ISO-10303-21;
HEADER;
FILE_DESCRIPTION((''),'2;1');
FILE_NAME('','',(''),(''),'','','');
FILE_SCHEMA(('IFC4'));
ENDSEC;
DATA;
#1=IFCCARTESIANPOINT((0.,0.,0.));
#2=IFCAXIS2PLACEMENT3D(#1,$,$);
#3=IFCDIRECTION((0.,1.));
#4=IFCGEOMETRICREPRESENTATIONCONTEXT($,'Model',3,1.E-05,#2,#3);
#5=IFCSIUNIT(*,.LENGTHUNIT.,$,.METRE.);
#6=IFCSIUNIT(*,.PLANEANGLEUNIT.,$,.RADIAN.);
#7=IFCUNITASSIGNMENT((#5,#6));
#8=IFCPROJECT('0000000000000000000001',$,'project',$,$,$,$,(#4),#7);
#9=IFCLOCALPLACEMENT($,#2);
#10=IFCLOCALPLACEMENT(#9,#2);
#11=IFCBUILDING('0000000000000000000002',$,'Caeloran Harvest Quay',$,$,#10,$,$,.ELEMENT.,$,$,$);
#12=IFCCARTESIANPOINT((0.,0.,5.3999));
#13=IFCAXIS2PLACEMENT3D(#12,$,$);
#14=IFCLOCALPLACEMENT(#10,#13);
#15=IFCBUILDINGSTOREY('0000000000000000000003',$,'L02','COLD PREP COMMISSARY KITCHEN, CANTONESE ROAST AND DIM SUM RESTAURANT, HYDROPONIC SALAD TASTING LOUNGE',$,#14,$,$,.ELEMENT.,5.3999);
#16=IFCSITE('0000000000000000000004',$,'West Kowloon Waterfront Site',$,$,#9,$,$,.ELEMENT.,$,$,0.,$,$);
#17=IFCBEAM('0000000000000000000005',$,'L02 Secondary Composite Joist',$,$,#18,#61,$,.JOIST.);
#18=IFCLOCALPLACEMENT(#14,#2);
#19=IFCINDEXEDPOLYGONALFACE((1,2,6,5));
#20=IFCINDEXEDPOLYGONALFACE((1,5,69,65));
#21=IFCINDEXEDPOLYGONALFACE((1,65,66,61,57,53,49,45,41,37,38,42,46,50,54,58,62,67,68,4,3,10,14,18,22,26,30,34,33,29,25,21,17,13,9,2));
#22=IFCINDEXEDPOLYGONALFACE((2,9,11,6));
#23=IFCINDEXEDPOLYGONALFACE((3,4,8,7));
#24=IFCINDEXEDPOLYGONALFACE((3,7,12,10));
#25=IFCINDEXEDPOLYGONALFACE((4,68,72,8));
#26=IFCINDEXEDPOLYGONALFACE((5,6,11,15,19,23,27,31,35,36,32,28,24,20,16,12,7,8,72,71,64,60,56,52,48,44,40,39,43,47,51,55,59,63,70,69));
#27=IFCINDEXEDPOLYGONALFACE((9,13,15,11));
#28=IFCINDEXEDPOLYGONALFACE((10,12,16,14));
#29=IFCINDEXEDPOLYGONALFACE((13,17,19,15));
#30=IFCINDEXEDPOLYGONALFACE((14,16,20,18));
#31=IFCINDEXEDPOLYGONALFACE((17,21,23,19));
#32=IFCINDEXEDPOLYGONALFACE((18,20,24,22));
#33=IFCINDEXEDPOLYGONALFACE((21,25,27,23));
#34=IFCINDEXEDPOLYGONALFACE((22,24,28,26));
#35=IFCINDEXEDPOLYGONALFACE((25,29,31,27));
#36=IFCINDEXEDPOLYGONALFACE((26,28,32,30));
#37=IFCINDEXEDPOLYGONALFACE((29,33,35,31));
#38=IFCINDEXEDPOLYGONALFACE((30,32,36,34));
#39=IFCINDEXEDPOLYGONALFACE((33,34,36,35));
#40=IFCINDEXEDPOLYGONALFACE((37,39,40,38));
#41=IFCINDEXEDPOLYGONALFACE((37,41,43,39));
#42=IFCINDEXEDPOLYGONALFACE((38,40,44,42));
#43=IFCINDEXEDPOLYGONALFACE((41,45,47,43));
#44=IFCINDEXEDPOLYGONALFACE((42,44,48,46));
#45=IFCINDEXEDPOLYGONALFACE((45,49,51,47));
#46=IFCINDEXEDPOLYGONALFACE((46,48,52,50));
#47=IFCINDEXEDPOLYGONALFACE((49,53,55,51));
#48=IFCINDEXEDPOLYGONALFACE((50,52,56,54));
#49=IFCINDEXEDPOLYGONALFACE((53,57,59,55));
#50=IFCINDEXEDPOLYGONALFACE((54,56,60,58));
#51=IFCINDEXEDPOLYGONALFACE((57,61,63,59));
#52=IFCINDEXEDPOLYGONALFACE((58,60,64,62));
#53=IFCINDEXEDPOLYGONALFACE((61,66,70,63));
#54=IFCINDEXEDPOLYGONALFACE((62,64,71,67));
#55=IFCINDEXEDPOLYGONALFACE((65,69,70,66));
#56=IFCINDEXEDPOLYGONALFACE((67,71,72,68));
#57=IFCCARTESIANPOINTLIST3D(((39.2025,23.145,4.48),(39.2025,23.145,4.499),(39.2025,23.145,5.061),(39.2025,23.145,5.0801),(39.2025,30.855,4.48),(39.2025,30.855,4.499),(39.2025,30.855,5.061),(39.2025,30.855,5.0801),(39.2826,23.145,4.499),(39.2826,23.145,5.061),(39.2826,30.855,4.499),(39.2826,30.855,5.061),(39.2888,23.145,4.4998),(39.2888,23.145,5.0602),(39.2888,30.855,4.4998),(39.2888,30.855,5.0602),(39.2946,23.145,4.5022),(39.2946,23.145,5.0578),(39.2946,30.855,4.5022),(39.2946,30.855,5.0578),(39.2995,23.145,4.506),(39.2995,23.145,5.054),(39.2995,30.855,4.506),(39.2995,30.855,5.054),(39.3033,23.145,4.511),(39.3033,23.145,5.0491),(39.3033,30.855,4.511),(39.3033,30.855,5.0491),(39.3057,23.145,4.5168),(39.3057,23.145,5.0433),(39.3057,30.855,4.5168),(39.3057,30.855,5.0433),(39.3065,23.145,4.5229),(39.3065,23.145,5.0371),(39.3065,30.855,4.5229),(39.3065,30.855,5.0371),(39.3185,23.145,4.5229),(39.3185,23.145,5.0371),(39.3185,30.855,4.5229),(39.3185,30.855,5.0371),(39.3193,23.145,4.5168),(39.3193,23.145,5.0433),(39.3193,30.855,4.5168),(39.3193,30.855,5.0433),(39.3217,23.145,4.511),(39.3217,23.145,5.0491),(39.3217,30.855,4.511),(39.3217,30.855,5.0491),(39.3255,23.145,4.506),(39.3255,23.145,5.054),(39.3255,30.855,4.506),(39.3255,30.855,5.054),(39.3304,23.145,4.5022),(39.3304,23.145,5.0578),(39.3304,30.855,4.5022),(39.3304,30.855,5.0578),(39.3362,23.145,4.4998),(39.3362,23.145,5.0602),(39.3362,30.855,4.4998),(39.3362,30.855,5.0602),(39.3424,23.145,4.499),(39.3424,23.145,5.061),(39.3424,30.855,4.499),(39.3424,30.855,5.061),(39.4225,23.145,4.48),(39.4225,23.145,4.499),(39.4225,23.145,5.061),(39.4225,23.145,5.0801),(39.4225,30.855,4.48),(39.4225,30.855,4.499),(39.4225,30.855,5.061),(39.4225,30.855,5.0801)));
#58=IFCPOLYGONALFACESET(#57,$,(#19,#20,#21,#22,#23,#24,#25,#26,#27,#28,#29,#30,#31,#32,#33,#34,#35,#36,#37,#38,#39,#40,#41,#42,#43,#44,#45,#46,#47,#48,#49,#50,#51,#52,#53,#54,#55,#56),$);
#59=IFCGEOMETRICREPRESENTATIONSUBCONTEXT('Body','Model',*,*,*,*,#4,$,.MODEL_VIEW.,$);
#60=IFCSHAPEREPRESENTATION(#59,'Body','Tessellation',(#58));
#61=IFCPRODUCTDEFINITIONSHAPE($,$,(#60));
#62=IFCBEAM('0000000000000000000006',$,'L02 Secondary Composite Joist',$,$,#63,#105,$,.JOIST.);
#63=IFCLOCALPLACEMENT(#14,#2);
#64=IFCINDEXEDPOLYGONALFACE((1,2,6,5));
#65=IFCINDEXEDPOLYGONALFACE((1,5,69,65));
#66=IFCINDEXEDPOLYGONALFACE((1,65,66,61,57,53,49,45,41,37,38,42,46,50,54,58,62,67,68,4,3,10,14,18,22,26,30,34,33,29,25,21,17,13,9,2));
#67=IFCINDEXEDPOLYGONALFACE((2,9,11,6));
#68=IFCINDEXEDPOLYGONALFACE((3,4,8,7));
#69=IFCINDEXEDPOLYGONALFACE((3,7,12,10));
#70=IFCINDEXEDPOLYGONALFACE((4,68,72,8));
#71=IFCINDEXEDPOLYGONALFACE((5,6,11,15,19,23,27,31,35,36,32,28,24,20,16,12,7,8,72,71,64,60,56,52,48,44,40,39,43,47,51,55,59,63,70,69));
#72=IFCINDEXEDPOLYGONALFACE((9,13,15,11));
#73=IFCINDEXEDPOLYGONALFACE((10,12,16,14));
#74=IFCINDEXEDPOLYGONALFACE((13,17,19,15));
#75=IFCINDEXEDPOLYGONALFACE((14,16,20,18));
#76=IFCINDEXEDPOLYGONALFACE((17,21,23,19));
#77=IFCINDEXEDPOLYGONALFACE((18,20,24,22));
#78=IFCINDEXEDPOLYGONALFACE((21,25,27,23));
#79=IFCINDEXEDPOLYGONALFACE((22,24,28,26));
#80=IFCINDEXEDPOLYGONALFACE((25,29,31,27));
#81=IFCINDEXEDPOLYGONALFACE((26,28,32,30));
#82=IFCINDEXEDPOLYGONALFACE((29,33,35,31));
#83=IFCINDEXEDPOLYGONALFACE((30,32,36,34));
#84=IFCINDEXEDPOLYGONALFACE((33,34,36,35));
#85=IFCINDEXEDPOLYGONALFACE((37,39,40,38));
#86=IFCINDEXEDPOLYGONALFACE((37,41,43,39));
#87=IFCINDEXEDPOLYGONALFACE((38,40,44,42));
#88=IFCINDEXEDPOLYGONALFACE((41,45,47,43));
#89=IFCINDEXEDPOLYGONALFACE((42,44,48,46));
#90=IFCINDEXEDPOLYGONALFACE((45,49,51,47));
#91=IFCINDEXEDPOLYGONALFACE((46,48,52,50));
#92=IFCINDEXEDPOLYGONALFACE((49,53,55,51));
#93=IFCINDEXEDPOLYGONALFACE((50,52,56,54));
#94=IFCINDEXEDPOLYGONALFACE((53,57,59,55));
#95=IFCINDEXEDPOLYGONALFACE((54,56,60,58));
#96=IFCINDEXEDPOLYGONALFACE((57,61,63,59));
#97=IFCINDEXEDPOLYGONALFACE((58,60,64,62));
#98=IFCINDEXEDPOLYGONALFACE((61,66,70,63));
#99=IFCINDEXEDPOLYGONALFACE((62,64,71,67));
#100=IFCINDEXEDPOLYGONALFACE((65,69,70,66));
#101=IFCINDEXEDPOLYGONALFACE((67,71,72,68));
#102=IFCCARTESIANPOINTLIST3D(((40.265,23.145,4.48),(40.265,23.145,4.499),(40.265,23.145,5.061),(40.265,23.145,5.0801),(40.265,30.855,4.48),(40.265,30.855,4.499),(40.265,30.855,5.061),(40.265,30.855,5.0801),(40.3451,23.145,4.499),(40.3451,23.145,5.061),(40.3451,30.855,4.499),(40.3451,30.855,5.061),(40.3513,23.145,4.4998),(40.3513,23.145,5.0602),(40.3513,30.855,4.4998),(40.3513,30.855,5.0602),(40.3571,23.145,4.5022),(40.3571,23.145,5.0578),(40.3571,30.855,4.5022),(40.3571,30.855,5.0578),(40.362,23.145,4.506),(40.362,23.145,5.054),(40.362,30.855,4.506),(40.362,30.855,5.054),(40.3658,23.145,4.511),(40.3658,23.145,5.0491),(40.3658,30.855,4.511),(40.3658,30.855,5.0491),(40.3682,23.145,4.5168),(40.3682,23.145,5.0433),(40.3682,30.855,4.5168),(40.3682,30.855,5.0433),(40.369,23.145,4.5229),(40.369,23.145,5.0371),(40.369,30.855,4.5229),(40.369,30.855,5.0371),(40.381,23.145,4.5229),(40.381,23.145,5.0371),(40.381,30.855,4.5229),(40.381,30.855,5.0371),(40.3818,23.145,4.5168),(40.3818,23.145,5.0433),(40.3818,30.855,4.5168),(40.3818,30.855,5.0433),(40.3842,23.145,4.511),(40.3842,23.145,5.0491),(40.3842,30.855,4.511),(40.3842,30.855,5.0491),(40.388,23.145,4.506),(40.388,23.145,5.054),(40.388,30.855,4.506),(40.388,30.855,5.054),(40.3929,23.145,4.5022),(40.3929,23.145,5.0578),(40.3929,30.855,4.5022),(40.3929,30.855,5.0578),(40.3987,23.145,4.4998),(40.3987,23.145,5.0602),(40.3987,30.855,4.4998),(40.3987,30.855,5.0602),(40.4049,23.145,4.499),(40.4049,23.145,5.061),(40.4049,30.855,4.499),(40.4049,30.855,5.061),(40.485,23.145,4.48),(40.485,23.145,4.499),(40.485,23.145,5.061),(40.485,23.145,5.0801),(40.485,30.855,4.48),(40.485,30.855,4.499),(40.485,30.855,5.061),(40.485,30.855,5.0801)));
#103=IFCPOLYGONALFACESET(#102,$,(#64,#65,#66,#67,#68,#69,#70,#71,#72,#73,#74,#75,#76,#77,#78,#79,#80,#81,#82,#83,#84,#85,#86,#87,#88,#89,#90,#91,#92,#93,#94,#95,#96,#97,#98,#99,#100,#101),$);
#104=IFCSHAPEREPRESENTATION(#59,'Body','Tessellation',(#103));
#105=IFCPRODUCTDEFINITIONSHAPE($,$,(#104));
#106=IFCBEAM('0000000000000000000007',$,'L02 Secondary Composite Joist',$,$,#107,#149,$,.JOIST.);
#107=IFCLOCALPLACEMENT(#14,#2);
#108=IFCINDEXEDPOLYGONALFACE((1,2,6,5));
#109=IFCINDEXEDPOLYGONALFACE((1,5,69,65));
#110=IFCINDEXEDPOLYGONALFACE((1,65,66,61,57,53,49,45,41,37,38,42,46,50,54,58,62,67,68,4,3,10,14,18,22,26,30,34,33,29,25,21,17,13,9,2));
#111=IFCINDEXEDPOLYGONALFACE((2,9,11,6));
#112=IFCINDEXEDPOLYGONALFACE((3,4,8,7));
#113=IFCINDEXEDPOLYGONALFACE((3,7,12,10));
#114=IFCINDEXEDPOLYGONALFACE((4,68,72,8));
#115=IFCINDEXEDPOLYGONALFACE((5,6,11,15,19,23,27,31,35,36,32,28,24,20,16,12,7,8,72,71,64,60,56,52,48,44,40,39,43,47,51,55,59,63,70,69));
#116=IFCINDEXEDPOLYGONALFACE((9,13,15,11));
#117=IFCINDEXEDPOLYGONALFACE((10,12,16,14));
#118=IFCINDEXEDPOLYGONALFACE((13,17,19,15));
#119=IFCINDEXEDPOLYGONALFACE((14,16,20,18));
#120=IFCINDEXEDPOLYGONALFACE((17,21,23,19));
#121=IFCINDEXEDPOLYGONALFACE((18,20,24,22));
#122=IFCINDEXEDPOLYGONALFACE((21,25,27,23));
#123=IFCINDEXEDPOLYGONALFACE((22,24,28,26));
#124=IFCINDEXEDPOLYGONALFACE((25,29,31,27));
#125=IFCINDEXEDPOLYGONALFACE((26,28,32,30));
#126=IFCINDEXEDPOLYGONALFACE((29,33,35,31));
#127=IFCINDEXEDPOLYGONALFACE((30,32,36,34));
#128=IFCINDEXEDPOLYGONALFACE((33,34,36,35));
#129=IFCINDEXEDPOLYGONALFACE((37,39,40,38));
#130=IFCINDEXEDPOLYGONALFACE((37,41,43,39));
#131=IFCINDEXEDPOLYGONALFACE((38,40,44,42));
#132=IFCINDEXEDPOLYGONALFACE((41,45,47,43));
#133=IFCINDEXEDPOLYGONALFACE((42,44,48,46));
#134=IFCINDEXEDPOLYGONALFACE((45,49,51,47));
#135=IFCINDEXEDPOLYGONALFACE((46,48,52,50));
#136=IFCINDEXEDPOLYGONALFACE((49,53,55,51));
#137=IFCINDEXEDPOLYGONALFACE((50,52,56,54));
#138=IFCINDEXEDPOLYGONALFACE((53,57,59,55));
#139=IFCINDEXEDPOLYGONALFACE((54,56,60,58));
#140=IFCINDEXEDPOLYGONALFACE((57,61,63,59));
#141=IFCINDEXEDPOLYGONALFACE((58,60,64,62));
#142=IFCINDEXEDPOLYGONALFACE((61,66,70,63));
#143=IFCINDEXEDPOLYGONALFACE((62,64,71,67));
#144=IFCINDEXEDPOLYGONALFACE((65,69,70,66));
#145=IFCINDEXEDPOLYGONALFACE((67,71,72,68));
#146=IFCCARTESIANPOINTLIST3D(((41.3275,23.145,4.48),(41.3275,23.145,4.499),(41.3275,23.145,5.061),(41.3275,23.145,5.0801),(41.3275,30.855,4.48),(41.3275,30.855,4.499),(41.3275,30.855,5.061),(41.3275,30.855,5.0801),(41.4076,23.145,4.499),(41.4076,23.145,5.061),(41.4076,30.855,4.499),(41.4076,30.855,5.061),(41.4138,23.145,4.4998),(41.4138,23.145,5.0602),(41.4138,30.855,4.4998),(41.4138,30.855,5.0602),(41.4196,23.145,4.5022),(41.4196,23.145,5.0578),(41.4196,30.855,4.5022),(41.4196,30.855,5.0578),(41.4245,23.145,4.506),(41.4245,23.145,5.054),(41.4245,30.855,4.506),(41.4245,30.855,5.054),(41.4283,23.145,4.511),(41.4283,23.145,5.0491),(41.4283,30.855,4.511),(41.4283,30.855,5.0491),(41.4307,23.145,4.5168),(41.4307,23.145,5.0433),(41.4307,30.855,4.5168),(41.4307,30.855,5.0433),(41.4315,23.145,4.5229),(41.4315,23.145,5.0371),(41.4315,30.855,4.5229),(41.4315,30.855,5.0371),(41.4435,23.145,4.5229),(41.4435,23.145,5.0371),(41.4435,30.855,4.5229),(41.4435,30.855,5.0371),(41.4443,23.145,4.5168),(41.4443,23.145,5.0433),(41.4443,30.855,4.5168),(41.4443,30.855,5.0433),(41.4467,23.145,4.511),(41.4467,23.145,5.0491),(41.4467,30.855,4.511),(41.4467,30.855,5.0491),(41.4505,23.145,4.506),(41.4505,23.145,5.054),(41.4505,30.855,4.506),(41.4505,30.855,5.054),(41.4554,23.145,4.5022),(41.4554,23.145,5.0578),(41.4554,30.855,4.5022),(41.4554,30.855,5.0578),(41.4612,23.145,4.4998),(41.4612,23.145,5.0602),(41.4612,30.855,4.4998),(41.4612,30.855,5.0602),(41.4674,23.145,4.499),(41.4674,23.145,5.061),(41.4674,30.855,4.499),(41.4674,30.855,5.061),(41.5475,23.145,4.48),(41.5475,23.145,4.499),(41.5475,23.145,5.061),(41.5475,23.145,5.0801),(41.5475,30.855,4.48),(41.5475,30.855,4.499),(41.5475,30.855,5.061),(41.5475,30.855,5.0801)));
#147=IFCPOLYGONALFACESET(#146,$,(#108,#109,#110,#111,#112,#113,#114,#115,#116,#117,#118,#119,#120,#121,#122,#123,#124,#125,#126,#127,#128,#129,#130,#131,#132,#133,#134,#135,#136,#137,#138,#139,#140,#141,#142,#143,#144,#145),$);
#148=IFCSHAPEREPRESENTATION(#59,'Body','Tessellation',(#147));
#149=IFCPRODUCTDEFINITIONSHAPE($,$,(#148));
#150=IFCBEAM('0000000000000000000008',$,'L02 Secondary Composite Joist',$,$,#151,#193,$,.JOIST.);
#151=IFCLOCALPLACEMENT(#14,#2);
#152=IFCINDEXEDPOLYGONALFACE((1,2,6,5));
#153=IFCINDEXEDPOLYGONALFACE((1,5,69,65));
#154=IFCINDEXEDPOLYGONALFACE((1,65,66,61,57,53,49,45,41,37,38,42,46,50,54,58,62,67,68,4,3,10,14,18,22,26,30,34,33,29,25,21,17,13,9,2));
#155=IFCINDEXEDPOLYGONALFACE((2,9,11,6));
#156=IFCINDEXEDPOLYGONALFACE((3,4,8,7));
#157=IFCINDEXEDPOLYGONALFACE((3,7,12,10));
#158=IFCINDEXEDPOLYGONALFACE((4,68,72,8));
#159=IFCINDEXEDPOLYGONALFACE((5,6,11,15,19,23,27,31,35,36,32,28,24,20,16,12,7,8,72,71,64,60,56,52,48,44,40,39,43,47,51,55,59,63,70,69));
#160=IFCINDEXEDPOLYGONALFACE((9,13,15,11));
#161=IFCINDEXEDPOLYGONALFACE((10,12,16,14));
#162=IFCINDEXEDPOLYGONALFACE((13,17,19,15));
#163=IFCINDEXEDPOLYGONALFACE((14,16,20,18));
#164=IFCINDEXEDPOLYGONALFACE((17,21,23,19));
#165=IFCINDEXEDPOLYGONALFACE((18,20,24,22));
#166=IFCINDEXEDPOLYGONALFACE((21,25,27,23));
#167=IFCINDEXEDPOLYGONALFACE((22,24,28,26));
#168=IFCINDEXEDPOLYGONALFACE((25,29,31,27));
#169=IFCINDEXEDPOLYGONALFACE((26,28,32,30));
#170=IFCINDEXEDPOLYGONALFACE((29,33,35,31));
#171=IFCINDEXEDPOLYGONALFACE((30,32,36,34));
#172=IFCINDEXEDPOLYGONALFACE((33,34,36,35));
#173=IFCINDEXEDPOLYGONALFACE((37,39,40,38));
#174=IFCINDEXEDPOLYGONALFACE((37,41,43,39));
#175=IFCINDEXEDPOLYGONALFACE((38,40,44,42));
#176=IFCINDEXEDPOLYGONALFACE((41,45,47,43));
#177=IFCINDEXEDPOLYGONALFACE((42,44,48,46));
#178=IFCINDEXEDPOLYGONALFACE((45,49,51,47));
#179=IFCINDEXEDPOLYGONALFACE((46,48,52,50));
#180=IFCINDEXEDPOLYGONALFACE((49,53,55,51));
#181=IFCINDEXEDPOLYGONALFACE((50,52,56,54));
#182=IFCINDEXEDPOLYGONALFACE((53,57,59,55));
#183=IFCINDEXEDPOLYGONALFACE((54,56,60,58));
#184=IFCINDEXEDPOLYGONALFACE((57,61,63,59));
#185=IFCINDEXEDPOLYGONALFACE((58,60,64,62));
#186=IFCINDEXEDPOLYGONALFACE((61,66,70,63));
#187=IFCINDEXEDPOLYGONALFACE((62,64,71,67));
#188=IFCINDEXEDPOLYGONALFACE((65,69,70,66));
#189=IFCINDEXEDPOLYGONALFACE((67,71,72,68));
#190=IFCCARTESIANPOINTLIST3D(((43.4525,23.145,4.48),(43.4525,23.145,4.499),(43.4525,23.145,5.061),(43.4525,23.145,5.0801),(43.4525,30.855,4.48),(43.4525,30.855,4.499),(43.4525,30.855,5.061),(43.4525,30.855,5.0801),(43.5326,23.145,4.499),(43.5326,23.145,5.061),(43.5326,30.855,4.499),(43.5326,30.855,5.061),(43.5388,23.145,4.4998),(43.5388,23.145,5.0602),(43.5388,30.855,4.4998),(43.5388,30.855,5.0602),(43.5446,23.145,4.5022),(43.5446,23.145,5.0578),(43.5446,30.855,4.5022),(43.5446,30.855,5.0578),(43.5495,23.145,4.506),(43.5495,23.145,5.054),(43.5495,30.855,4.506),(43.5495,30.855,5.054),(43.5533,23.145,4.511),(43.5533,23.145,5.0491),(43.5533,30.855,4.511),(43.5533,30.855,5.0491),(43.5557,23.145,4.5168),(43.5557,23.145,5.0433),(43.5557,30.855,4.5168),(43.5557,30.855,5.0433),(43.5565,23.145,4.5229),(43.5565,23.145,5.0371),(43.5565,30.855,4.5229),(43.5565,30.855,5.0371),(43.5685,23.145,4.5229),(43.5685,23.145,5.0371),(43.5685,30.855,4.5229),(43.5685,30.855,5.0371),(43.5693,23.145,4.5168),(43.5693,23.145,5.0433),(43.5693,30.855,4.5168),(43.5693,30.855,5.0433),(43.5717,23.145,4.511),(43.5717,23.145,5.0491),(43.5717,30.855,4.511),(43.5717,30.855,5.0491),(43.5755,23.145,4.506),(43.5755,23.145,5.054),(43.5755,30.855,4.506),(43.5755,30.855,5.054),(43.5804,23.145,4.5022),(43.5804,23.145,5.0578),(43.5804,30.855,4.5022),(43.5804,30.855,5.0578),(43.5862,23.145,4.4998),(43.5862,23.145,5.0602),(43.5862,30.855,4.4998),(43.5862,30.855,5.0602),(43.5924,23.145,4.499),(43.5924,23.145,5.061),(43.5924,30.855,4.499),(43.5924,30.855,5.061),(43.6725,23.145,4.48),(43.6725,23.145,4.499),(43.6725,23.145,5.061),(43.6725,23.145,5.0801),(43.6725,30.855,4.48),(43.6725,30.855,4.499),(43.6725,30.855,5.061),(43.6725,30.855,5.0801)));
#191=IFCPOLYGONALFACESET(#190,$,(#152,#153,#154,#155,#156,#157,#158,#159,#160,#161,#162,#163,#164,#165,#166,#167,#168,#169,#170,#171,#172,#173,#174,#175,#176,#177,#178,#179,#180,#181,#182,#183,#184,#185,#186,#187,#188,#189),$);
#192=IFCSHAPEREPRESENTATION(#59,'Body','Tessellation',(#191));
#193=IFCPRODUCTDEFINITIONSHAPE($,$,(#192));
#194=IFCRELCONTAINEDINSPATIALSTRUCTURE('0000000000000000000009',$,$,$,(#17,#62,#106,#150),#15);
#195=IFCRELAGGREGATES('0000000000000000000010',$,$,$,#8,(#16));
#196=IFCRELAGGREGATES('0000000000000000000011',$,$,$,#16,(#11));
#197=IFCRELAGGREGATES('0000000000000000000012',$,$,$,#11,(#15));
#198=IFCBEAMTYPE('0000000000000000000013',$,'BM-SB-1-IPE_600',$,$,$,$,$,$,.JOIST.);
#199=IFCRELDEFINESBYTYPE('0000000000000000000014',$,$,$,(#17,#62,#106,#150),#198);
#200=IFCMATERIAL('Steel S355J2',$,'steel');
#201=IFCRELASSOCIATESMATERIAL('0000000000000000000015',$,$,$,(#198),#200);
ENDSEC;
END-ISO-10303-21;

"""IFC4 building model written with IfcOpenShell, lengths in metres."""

from ifc_helpers import new_model, si_unit, direction, frame, origin, origin_2d, place, context, subcontext, project, spatial, i_section, extrude, material, material_profile, profile_set, type_object, element, save


model = new_model("IFC4")

# Units and contexts
model_context = context("Model", 3, precision=1e-05, world=origin(), true_north=direction((0.0, 1.0)))
body_context = subcontext(model_context, "Body", "Model", "MODEL_VIEW")
ifc_project = project(units=[si_unit("LENGTHUNIT", "METRE"), si_unit("PLANEANGLEUNIT", "RADIAN")], contexts=[model_context])

# Site, building, storey
site_placement = place(None, origin())
site = spatial("IfcSite", under=ifc_project, at=site_placement, Name="West Kowloon Waterfront Site", CompositionType="ELEMENT", RefElevation=0.0)
building_placement = place(site_placement, origin())
building = spatial("IfcBuilding", under=site, at=building_placement, Name="Caeloran Harvest Quay", CompositionType="ELEMENT")
storey_placement = place(building_placement, frame((0.0, 0.0, 5.3999)))
storey = spatial("IfcBuildingStorey", under=building, at=storey_placement, Name="L02", Description="COLD PREP COMMISSARY KITCHEN, CANTONESE ROAST AND DIM SUM RESTAURANT, HYDROPONIC SALAD TASTING LOUNGE", CompositionType="ELEMENT", Elevation=5.3999)

# Beams
ifc_material_1 = material(Name="Steel S355J2", Category="steel")
ifc_material_profile_1 = material_profile(ifc_material_1, i_section(OverallWidth=0.22, OverallDepth=0.6001, WebThickness=0.012, FlangeThickness=0.019, FilletRadius=0.0239, at=origin_2d()), Name="IPE 600")
ifc_profile_set_1 = profile_set([ifc_material_profile_1], Name="Steel S355J2")
beam_type_1 = type_object("IfcBeamType", Name="BM-SB-1-IPE_600", PredefinedType="JOIST", material=ifc_profile_set_1)
for number, where, z_axis, x_axis, name in (
    (1, (39.3125, 23.145, 4.78), (0.0, 1.0, 0.0), (-1.0, 0.0, 0.0), "L02 Secondary Composite Joist"),
    (2, (40.375, 23.145, 4.78), (0.0, 1.0, 0.0), (-1.0, 0.0, 0.0), "L02 Secondary Composite Joist"),
    (3, (41.4375, 23.145, 4.78), (0.0, 1.0, 0.0), (-1.0, 0.0, 0.0), "L02 Secondary Composite Joist"),
    (4, (43.5625, 23.145, 4.78), (0.0, 1.0, 0.0), (-1.0, 0.0, 0.0), "L02 Secondary Composite Joist"),
):
    element("IfcBeam", number, at=place(storey_placement, frame(where, z_axis=z_axis, x_axis=x_axis)), inside=storey, type_object=beam_type_1, Name=name, PredefinedType="JOIST", context=body_context, shape_type="SweptSolid", body=[
        extrude(i_section(OverallWidth=0.22, OverallDepth=0.6001, WebThickness=0.012, FlangeThickness=0.019, FilletRadius=0.0239, at=origin_2d()), origin(), (0.0, 0.0, 1.0), 7.71),
    ])

save(model, "model.ifc")
